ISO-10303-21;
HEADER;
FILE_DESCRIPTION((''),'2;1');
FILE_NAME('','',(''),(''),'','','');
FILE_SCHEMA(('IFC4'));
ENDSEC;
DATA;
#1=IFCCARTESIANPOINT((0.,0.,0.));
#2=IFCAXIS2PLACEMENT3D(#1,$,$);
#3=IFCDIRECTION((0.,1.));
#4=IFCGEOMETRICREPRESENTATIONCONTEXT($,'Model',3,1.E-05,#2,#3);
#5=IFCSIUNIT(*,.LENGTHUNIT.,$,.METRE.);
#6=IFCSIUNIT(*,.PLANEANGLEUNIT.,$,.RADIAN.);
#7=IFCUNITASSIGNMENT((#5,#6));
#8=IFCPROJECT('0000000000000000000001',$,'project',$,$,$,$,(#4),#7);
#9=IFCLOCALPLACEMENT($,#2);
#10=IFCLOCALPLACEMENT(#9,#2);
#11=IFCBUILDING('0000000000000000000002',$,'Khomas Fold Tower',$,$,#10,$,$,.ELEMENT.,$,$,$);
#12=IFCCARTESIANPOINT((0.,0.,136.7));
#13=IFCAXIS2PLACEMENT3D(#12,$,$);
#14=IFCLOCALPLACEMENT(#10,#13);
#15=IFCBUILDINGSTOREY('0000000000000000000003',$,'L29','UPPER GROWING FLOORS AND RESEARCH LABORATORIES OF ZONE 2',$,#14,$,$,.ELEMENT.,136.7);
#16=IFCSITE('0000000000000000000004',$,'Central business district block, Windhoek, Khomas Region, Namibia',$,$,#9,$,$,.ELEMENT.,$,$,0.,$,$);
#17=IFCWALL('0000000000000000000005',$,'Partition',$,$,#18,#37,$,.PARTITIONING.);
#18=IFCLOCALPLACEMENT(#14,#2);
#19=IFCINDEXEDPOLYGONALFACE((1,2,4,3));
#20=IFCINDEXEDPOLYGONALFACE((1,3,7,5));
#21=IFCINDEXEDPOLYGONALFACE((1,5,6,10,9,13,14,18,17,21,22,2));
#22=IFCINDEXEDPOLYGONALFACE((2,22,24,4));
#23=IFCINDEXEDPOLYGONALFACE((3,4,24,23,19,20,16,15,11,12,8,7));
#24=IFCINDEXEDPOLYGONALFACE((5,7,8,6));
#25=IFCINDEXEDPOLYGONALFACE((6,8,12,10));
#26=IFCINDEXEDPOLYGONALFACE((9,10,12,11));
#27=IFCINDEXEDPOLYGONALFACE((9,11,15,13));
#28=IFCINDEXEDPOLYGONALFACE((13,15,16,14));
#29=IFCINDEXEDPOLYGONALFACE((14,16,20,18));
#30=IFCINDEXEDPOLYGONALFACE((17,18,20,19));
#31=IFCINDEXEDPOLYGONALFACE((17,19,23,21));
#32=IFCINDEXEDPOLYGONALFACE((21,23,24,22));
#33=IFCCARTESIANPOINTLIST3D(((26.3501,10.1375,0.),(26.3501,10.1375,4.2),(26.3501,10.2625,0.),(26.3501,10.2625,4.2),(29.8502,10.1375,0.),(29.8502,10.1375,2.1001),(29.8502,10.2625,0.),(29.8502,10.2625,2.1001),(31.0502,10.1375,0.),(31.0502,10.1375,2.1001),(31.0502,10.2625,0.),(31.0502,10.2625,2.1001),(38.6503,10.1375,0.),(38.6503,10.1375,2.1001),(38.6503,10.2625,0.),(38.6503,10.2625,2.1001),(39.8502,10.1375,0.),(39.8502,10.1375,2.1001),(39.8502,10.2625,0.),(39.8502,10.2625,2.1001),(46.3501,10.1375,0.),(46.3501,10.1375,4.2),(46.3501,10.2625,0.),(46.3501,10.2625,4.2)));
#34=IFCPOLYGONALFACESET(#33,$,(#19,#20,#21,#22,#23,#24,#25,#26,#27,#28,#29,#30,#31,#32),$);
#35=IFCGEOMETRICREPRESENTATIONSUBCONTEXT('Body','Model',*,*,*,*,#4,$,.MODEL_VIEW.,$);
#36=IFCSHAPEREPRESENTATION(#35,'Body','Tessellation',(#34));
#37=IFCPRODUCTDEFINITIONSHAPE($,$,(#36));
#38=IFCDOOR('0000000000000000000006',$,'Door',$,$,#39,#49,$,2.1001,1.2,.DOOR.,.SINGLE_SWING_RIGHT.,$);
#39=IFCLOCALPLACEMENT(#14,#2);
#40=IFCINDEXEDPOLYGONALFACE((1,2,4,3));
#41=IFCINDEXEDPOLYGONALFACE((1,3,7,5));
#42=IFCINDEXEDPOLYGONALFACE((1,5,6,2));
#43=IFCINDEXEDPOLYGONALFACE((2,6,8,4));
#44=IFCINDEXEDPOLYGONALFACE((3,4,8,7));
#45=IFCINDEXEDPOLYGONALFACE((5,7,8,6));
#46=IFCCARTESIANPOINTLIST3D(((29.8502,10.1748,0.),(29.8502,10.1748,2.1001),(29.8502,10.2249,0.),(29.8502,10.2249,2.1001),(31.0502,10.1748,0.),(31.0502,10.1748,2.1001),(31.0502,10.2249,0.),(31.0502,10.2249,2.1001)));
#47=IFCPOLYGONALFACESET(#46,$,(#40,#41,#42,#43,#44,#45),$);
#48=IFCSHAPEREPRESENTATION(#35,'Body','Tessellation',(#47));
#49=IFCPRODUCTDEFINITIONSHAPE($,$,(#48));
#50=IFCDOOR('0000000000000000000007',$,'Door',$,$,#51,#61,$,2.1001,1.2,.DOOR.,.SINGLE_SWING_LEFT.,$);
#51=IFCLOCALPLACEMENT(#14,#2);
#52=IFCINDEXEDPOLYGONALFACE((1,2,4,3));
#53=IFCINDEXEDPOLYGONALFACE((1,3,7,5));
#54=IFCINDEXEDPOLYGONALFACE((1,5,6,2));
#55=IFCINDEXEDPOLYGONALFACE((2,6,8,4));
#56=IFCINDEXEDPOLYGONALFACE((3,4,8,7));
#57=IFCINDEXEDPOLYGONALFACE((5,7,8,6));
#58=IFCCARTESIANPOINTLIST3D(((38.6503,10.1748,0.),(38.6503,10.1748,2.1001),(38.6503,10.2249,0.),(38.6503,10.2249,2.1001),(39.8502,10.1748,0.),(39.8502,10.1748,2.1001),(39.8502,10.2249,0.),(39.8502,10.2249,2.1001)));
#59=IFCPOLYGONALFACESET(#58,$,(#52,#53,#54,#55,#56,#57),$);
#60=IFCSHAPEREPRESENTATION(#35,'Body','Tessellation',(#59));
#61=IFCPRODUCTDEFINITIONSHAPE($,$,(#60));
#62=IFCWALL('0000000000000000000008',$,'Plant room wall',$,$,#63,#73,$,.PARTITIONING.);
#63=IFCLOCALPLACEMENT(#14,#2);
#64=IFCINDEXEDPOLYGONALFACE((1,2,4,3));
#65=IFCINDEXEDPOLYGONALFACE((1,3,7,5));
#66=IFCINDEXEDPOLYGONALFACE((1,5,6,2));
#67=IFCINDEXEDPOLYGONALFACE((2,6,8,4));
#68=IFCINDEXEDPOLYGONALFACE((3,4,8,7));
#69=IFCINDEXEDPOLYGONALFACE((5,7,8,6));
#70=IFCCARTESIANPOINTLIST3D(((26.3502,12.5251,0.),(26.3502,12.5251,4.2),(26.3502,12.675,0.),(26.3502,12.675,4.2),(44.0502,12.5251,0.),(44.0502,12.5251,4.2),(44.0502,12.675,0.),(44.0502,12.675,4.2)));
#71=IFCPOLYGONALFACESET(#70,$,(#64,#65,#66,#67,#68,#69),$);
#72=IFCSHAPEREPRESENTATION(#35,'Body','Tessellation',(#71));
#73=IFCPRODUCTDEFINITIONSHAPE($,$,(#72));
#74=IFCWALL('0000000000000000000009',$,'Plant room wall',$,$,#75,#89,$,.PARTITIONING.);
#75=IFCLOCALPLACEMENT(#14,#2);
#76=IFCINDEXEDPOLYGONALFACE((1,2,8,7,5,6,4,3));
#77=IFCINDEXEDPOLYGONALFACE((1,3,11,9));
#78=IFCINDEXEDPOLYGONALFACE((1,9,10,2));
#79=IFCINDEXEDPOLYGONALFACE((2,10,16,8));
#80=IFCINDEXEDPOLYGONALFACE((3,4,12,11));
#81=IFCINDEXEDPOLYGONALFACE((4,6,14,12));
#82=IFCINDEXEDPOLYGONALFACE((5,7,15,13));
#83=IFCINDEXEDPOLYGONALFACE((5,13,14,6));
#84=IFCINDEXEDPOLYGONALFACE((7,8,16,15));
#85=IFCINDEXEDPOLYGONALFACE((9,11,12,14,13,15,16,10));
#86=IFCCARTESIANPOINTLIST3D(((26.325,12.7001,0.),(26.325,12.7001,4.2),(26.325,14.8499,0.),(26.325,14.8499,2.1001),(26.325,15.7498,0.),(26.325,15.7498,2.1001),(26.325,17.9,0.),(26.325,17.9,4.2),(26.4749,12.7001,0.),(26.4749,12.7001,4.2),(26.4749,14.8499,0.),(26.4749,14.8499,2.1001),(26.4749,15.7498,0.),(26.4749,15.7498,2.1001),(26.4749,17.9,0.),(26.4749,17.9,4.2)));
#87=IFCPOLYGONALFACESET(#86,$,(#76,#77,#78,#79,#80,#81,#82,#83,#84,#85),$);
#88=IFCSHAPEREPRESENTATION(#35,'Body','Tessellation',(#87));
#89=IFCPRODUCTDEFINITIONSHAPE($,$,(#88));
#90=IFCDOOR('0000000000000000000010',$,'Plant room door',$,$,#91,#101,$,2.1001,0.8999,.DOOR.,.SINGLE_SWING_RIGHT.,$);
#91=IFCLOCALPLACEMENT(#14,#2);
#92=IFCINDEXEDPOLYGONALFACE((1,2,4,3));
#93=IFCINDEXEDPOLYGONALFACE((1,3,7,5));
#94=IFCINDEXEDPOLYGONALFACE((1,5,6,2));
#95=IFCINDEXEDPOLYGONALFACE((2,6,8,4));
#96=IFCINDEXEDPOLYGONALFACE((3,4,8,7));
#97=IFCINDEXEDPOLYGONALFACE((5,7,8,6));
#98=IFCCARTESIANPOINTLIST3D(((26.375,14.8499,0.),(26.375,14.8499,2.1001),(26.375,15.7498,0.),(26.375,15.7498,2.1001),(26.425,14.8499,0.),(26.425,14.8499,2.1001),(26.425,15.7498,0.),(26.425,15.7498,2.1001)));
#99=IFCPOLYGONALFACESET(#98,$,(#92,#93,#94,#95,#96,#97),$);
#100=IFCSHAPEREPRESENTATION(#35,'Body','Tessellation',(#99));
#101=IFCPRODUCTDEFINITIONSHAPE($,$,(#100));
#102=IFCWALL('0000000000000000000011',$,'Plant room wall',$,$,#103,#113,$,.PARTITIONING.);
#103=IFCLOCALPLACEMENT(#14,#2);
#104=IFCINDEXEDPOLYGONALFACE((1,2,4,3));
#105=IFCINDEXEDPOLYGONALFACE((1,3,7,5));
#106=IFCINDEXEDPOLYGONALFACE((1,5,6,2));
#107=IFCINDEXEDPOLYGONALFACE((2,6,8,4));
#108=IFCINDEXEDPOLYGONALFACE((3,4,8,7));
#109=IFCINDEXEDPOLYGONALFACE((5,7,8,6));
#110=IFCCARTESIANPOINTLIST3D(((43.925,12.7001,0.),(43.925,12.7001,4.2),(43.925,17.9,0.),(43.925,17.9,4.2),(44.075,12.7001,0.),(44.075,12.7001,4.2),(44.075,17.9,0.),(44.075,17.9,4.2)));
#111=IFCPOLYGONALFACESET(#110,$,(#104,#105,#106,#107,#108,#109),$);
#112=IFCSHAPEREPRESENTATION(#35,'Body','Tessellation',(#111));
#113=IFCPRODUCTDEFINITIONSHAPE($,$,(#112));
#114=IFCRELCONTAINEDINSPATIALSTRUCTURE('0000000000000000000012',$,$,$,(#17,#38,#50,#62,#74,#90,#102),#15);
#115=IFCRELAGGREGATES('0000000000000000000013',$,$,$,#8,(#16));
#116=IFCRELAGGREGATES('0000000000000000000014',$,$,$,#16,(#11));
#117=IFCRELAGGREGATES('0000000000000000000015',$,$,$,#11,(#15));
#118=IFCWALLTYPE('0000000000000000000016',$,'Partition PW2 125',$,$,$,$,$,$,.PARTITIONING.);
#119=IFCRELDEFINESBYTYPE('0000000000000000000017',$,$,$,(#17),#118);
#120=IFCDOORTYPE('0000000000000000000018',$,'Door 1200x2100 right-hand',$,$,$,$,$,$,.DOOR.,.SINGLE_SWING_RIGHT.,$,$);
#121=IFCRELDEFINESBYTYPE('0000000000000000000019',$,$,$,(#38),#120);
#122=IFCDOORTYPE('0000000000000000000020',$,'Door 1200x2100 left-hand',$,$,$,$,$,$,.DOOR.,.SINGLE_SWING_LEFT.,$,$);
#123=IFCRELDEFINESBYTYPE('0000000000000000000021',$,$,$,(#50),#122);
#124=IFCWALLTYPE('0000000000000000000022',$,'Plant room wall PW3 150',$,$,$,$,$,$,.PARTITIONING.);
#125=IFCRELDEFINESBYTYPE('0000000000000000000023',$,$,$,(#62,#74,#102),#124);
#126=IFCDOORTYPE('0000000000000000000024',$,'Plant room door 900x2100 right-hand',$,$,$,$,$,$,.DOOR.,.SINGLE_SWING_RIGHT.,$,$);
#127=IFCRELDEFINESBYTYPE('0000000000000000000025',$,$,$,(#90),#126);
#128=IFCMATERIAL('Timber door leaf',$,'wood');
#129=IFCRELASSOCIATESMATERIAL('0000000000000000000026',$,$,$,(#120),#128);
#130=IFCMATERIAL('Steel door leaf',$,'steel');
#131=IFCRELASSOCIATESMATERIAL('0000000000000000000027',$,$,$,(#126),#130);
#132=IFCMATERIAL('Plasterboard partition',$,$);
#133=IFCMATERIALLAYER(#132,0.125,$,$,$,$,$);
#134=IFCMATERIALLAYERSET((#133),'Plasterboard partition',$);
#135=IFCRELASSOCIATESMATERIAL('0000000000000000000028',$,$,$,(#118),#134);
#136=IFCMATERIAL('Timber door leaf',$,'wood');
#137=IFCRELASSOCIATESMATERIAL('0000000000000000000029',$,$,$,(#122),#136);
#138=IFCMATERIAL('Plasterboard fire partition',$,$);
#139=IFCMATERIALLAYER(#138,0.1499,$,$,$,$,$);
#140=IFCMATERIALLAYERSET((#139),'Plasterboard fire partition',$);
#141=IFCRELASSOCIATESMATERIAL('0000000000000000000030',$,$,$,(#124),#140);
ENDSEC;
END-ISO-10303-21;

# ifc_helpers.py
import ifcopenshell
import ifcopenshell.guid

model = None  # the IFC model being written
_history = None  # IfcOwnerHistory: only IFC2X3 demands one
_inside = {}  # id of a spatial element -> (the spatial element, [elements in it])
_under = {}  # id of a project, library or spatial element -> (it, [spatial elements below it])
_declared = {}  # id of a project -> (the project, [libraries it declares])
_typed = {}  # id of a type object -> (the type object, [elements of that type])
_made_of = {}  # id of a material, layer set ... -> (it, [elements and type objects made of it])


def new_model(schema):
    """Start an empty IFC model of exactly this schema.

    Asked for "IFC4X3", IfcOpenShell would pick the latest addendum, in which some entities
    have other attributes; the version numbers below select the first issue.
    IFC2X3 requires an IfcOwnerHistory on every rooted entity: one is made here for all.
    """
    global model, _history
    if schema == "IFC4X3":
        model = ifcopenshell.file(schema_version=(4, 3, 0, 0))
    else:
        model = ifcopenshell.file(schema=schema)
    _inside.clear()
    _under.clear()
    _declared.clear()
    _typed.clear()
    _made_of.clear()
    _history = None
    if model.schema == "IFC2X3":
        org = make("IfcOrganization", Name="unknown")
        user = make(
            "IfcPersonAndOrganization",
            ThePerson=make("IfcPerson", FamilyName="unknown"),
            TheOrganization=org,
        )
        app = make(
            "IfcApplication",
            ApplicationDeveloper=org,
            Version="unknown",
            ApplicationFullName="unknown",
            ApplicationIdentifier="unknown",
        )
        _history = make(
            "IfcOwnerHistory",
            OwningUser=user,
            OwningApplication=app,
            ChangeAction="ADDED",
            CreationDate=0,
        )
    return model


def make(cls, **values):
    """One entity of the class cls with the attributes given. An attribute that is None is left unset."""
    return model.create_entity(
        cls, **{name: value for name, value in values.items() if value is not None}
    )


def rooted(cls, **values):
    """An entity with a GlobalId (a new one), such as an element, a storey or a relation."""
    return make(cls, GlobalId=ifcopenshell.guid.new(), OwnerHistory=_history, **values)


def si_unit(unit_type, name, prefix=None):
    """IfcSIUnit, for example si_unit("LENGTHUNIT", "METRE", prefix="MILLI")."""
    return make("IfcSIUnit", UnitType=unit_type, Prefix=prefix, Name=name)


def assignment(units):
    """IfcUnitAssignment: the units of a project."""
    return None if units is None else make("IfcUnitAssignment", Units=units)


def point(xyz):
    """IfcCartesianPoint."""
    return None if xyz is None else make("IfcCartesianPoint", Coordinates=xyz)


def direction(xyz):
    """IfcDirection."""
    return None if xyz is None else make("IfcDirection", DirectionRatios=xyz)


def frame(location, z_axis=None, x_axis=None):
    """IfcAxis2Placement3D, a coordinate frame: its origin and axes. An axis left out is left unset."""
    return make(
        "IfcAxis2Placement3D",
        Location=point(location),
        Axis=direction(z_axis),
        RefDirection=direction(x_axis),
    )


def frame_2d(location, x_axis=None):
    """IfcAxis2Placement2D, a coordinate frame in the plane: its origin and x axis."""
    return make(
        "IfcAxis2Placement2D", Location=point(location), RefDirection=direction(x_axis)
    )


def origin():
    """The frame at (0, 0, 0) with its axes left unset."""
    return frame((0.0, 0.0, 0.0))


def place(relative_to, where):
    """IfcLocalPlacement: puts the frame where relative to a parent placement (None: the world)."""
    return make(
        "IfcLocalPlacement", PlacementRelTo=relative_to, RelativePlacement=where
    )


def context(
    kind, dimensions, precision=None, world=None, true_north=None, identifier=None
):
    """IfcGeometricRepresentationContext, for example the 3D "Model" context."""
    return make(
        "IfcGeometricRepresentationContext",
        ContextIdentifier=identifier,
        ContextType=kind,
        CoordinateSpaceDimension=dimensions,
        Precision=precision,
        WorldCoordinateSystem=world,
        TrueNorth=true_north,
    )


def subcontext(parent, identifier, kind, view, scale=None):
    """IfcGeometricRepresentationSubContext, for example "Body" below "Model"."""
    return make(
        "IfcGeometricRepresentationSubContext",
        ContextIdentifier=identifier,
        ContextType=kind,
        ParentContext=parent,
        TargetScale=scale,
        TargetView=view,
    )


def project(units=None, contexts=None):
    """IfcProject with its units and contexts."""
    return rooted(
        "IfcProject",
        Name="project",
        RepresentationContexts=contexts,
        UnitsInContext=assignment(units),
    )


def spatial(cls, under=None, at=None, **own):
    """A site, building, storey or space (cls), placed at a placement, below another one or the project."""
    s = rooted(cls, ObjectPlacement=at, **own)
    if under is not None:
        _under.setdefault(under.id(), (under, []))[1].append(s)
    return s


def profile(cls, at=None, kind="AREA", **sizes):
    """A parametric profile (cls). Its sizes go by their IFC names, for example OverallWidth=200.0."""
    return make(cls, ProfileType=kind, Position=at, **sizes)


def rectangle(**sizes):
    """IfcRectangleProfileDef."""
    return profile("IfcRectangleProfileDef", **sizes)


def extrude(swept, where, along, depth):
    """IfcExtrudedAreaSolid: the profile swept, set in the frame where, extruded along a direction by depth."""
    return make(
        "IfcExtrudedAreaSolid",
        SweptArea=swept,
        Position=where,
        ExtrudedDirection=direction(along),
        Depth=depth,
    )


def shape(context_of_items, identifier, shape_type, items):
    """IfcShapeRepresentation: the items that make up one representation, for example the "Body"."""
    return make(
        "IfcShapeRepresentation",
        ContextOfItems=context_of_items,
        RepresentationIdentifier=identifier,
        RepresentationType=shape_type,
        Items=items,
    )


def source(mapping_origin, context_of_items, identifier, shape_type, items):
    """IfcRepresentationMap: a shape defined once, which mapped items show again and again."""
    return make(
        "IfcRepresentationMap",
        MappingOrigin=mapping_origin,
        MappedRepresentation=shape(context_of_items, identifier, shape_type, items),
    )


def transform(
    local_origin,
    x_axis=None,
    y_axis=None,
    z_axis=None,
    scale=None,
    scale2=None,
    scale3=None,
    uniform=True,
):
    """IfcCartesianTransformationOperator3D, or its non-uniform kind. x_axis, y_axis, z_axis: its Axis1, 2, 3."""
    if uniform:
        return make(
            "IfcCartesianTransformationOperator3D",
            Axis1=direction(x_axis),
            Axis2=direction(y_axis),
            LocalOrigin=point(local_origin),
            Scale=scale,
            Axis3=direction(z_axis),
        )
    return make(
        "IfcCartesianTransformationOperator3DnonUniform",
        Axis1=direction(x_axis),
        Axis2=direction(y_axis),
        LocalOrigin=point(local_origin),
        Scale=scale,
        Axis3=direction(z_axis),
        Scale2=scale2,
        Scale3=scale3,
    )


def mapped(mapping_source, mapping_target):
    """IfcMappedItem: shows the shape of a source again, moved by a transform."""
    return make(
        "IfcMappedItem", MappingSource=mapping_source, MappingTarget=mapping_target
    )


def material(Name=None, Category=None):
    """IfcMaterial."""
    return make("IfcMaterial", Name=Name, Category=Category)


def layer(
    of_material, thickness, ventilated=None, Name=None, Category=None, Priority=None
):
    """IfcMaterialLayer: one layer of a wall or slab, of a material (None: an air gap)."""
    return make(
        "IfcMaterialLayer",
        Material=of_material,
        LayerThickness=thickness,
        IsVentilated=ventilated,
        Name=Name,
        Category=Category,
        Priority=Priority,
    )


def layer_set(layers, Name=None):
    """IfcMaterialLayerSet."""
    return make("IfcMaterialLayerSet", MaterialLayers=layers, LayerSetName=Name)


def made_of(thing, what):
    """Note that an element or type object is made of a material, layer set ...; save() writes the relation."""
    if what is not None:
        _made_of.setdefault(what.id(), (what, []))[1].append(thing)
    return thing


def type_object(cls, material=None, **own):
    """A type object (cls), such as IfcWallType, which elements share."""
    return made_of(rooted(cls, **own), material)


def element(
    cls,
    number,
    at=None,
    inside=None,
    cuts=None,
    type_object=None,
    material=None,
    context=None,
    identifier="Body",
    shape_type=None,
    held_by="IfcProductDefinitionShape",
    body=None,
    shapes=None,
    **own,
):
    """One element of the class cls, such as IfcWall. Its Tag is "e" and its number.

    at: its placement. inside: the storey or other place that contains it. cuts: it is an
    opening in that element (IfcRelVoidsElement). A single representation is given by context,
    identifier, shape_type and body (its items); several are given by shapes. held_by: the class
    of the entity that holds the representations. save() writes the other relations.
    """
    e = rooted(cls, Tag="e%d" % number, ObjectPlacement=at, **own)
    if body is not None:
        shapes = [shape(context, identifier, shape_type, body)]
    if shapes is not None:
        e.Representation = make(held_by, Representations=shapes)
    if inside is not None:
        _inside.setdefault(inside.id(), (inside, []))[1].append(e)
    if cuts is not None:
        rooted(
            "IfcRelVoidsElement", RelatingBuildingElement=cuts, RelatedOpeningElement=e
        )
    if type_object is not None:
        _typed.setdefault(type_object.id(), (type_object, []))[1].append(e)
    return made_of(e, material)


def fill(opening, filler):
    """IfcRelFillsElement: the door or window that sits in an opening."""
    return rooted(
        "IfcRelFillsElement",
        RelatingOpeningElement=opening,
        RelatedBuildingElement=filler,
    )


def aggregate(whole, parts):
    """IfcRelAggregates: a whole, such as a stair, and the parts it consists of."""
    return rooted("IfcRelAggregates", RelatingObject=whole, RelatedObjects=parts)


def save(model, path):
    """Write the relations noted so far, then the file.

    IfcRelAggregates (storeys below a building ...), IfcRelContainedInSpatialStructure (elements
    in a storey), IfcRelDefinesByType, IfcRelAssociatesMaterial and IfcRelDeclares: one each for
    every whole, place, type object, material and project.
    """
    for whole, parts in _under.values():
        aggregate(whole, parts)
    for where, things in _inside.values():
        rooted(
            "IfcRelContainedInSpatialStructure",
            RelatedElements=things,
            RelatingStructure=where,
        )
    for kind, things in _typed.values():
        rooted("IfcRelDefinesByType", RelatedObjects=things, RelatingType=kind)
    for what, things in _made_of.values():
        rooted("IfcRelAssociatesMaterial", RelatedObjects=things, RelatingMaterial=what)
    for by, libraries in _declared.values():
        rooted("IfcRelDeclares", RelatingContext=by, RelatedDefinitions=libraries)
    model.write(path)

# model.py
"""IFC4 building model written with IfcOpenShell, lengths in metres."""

from ifc_helpers import new_model, si_unit, direction, frame, frame_2d, origin, place, context, subcontext, project, spatial, rectangle, extrude, source, transform, mapped, material, layer, layer_set, type_object, element, fill, save


model = new_model("IFC4")

# Units and contexts
model_context = context("Model", 3, precision=1e-05, world=origin(), true_north=direction((0.0, 1.0)))
body_context = subcontext(model_context, "Body", "Model", "MODEL_VIEW")
ifc_project = project(units=[si_unit("LENGTHUNIT", "METRE"), si_unit("PLANEANGLEUNIT", "RADIAN")], contexts=[model_context])

# Site, building, storey
site_placement = place(None, origin())
site = spatial("IfcSite", under=ifc_project, at=site_placement, Name="Central business district block, Windhoek, Khomas Region, Namibia", CompositionType="ELEMENT", RefElevation=0.0)
building_placement = place(site_placement, origin())
building = spatial("IfcBuilding", under=site, at=building_placement, Name="Khomas Fold Tower", CompositionType="ELEMENT")
storey_placement = place(building_placement, frame((0.0, 0.0, 136.7)))
storey = spatial("IfcBuildingStorey", under=building, at=storey_placement, Name="L29", Description="UPPER GROWING FLOORS AND RESEARCH LABORATORIES OF ZONE 2", CompositionType="ELEMENT", Elevation=136.7)

# Shared definitions
ifc_material_1 = material(Name="Timber door leaf", Category="wood")
door_type_1 = type_object("IfcDoorType", Name="Door 1200x2100 right-hand", OperationType="SINGLE_SWING_RIGHT", PredefinedType="DOOR", material=ifc_material_1)
ifc_material_2 = material(Name="Steel door leaf", Category="steel")
door_type_2 = type_object("IfcDoorType", Name="Plant room door 900x2100 right-hand", OperationType="SINGLE_SWING_RIGHT", PredefinedType="DOOR", material=ifc_material_2)

# Shared definitions
ifc_material_3 = material(Name="Plasterboard partition")
ifc_layer_1 = layer(ifc_material_3, 0.125)
ifc_layer_set_1 = layer_set([ifc_layer_1], Name="Plasterboard partition")
wall_type_1 = type_object("IfcWallType", Name="Partition PW2 125", PredefinedType="PARTITIONING", material=ifc_layer_set_1)

# Wall, openings, doors
shared_shape_1 = source(origin(), body_context, "Body", "SweptSolid", [
    extrude(rectangle(XDim=20.0, YDim=0.125, at=frame_2d((10.0, 0.0))), origin(), (0.0, 0.0, 1.0), 4.2),
])
wall_1_placement = place(storey_placement, frame((26.3501, 10.2, 0.0), z_axis=(0.0, 0.0, 1.0), x_axis=(1.0, 0.0, 0.0)))
wall_1 = element("IfcWall", 1, at=wall_1_placement, inside=storey, type_object=wall_type_1, Name="Partition", PredefinedType="PARTITIONING", context=body_context, shape_type="MappedRepresentation", body=[
    mapped(shared_shape_1, transform((0.0, 0.0, 0.0))),
])
shared_shape_2 = source(origin(), body_context, "Body", "SweptSolid", [
    extrude(rectangle(XDim=1.2, YDim=2.1001, at=frame_2d((0.6001, 1.05))), frame((0.0, 0.0725, 0.0), z_axis=(0.0, -1.0, 0.0), x_axis=(1.0, 0.0, 0.0)), (0.0, 0.0, 1.0), 0.145),
])
opening_1_placement = place(wall_1_placement, frame((3.5, 0.0, 0.0)))
opening_1 = element("IfcOpeningElement", 2, at=opening_1_placement, cuts=wall_1, PredefinedType="OPENING", context=body_context, shape_type="MappedRepresentation", body=[
    mapped(shared_shape_2, transform((0.0, 0.0, 0.0))),
])
opening_2_placement = place(wall_1_placement, frame((12.3, 0.0, 0.0)))
opening_2 = element("IfcOpeningElement", 3, at=opening_2_placement, cuts=wall_1, PredefinedType="OPENING", context=body_context, shape_type="MappedRepresentation", body=[
    mapped(shared_shape_2, transform((0.0, 0.0, 0.0))),
])
shared_shape_3 = source(origin(), body_context, "Body", "SweptSolid", [
    extrude(rectangle(XDim=1.2, YDim=2.1001, at=frame_2d((0.6001, 1.05))), frame((0.0, 0.0249, 0.0), z_axis=(0.0, -1.0, 0.0), x_axis=(1.0, 0.0, 0.0)), (0.0, 0.0, 1.0), 0.05),
])
door_1_placement = place(opening_1_placement, origin())
door_1 = element("IfcDoor", 4, at=door_1_placement, inside=storey, type_object=door_type_1, Name="Door", OperationType="SINGLE_SWING_RIGHT", OverallHeight=2.1001, OverallWidth=1.2, PredefinedType="DOOR", context=body_context, shape_type="MappedRepresentation", body=[
    mapped(shared_shape_3, transform((0.0, 0.0, 0.0))),
])
fill(opening_1, door_1)
ifc_material_4 = material(Name="Timber door leaf", Category="wood")
door_type_3 = type_object("IfcDoorType", Name="Door 1200x2100 left-hand", OperationType="SINGLE_SWING_LEFT", PredefinedType="DOOR", material=ifc_material_4)
door_2_placement = place(opening_2_placement, origin())
door_2 = element("IfcDoor", 5, at=door_2_placement, inside=storey, type_object=door_type_3, Name="Door", OperationType="SINGLE_SWING_LEFT", OverallHeight=2.1001, OverallWidth=1.2, PredefinedType="DOOR", context=body_context, shape_type="MappedRepresentation", body=[
    mapped(shared_shape_3, transform((0.0, 0.0, 0.0))),
])
fill(opening_2, door_2)

# Wall
ifc_material_5 = material(Name="Plasterboard fire partition")
ifc_layer_2 = layer(ifc_material_5, 0.1499)
ifc_layer_set_2 = layer_set([ifc_layer_2], Name="Plasterboard fire partition")
wall_type_2 = type_object("IfcWallType", Name="Plant room wall PW3 150", PredefinedType="PARTITIONING", material=ifc_layer_set_2)
shared_shape_4 = source(origin(), body_context, "Body", "SweptSolid", [
    extrude(rectangle(XDim=17.7, YDim=0.1499, at=frame_2d((8.8501, 0.0))), origin(), (0.0, 0.0, 1.0), 4.2),
])
wall_2_placement = place(storey_placement, frame((26.3501, 12.6001, 0.0), z_axis=(0.0, 0.0, 1.0), x_axis=(1.0, 0.0, 0.0)))
element("IfcWall", 6, at=wall_2_placement, inside=storey, type_object=wall_type_2, Name="Plant room wall", PredefinedType="PARTITIONING", context=body_context, shape_type="MappedRepresentation", body=[
    mapped(shared_shape_4, transform((0.0, 0.0, 0.0))),
])

# Wall, opening, door
shared_shape_5 = source(origin(), body_context, "Body", "SweptSolid", [
    extrude(rectangle(XDim=5.2, YDim=0.1499, at=frame_2d((2.6001, 0.0))), origin(), (0.0, 0.0, 1.0), 4.2),
])
wall_3_placement = place(storey_placement, frame((26.3999, 12.7, 0.0), z_axis=(0.0, 0.0, 1.0), x_axis=(0.0, 1.0, 0.0)))
wall_3 = element("IfcWall", 7, at=wall_3_placement, inside=storey, type_object=wall_type_2, Name="Plant room wall", PredefinedType="PARTITIONING", context=body_context, shape_type="MappedRepresentation", body=[
    mapped(shared_shape_5, transform((0.0, 0.0, 0.0))),
])
shared_shape_6 = source(origin(), body_context, "Body", "SweptSolid", [
    extrude(rectangle(XDim=0.8999, YDim=2.1001, at=frame_2d((0.45, 1.05))), frame((0.0, 0.085, 0.0), z_axis=(0.0, -1.0, 0.0), x_axis=(1.0, 0.0, 0.0)), (0.0, 0.0, 1.0), 0.1699),
])
opening_3_placement = place(wall_3_placement, frame((2.1499, 0.0, 0.0)))
opening_3 = element("IfcOpeningElement", 8, at=opening_3_placement, cuts=wall_3, PredefinedType="OPENING", context=body_context, shape_type="MappedRepresentation", body=[
    mapped(shared_shape_6, transform((0.0, 0.0, 0.0))),
])
shared_shape_7 = source(origin(), body_context, "Body", "SweptSolid", [
    extrude(rectangle(XDim=0.8999, YDim=2.1001, at=frame_2d((0.45, 1.05))), frame((0.0, 0.0249, 0.0), z_axis=(0.0, -1.0, 0.0), x_axis=(1.0, 0.0, 0.0)), (0.0, 0.0, 1.0), 0.05),
])
door_3_placement = place(opening_3_placement, origin())
door_3 = element("IfcDoor", 9, at=door_3_placement, inside=storey, type_object=door_type_2, Name="Plant room door", OperationType="SINGLE_SWING_RIGHT", OverallHeight=2.1001, OverallWidth=0.8999, PredefinedType="DOOR", context=body_context, shape_type="MappedRepresentation", body=[
    mapped(shared_shape_7, transform((0.0, 0.0, 0.0))),
])
fill(opening_3, door_3)

# Wall
wall_4_placement = place(storey_placement, frame((44.0, 12.7, 0.0), z_axis=(0.0, 0.0, 1.0), x_axis=(0.0, 1.0, 0.0)))
element("IfcWall", 10, at=wall_4_placement, inside=storey, type_object=wall_type_2, Name="Plant room wall", PredefinedType="PARTITIONING", context=body_context, shape_type="MappedRepresentation", body=[
    mapped(shared_shape_5, transform((0.0, 0.0, 0.0))),
])

save(model, "model.ifc")
